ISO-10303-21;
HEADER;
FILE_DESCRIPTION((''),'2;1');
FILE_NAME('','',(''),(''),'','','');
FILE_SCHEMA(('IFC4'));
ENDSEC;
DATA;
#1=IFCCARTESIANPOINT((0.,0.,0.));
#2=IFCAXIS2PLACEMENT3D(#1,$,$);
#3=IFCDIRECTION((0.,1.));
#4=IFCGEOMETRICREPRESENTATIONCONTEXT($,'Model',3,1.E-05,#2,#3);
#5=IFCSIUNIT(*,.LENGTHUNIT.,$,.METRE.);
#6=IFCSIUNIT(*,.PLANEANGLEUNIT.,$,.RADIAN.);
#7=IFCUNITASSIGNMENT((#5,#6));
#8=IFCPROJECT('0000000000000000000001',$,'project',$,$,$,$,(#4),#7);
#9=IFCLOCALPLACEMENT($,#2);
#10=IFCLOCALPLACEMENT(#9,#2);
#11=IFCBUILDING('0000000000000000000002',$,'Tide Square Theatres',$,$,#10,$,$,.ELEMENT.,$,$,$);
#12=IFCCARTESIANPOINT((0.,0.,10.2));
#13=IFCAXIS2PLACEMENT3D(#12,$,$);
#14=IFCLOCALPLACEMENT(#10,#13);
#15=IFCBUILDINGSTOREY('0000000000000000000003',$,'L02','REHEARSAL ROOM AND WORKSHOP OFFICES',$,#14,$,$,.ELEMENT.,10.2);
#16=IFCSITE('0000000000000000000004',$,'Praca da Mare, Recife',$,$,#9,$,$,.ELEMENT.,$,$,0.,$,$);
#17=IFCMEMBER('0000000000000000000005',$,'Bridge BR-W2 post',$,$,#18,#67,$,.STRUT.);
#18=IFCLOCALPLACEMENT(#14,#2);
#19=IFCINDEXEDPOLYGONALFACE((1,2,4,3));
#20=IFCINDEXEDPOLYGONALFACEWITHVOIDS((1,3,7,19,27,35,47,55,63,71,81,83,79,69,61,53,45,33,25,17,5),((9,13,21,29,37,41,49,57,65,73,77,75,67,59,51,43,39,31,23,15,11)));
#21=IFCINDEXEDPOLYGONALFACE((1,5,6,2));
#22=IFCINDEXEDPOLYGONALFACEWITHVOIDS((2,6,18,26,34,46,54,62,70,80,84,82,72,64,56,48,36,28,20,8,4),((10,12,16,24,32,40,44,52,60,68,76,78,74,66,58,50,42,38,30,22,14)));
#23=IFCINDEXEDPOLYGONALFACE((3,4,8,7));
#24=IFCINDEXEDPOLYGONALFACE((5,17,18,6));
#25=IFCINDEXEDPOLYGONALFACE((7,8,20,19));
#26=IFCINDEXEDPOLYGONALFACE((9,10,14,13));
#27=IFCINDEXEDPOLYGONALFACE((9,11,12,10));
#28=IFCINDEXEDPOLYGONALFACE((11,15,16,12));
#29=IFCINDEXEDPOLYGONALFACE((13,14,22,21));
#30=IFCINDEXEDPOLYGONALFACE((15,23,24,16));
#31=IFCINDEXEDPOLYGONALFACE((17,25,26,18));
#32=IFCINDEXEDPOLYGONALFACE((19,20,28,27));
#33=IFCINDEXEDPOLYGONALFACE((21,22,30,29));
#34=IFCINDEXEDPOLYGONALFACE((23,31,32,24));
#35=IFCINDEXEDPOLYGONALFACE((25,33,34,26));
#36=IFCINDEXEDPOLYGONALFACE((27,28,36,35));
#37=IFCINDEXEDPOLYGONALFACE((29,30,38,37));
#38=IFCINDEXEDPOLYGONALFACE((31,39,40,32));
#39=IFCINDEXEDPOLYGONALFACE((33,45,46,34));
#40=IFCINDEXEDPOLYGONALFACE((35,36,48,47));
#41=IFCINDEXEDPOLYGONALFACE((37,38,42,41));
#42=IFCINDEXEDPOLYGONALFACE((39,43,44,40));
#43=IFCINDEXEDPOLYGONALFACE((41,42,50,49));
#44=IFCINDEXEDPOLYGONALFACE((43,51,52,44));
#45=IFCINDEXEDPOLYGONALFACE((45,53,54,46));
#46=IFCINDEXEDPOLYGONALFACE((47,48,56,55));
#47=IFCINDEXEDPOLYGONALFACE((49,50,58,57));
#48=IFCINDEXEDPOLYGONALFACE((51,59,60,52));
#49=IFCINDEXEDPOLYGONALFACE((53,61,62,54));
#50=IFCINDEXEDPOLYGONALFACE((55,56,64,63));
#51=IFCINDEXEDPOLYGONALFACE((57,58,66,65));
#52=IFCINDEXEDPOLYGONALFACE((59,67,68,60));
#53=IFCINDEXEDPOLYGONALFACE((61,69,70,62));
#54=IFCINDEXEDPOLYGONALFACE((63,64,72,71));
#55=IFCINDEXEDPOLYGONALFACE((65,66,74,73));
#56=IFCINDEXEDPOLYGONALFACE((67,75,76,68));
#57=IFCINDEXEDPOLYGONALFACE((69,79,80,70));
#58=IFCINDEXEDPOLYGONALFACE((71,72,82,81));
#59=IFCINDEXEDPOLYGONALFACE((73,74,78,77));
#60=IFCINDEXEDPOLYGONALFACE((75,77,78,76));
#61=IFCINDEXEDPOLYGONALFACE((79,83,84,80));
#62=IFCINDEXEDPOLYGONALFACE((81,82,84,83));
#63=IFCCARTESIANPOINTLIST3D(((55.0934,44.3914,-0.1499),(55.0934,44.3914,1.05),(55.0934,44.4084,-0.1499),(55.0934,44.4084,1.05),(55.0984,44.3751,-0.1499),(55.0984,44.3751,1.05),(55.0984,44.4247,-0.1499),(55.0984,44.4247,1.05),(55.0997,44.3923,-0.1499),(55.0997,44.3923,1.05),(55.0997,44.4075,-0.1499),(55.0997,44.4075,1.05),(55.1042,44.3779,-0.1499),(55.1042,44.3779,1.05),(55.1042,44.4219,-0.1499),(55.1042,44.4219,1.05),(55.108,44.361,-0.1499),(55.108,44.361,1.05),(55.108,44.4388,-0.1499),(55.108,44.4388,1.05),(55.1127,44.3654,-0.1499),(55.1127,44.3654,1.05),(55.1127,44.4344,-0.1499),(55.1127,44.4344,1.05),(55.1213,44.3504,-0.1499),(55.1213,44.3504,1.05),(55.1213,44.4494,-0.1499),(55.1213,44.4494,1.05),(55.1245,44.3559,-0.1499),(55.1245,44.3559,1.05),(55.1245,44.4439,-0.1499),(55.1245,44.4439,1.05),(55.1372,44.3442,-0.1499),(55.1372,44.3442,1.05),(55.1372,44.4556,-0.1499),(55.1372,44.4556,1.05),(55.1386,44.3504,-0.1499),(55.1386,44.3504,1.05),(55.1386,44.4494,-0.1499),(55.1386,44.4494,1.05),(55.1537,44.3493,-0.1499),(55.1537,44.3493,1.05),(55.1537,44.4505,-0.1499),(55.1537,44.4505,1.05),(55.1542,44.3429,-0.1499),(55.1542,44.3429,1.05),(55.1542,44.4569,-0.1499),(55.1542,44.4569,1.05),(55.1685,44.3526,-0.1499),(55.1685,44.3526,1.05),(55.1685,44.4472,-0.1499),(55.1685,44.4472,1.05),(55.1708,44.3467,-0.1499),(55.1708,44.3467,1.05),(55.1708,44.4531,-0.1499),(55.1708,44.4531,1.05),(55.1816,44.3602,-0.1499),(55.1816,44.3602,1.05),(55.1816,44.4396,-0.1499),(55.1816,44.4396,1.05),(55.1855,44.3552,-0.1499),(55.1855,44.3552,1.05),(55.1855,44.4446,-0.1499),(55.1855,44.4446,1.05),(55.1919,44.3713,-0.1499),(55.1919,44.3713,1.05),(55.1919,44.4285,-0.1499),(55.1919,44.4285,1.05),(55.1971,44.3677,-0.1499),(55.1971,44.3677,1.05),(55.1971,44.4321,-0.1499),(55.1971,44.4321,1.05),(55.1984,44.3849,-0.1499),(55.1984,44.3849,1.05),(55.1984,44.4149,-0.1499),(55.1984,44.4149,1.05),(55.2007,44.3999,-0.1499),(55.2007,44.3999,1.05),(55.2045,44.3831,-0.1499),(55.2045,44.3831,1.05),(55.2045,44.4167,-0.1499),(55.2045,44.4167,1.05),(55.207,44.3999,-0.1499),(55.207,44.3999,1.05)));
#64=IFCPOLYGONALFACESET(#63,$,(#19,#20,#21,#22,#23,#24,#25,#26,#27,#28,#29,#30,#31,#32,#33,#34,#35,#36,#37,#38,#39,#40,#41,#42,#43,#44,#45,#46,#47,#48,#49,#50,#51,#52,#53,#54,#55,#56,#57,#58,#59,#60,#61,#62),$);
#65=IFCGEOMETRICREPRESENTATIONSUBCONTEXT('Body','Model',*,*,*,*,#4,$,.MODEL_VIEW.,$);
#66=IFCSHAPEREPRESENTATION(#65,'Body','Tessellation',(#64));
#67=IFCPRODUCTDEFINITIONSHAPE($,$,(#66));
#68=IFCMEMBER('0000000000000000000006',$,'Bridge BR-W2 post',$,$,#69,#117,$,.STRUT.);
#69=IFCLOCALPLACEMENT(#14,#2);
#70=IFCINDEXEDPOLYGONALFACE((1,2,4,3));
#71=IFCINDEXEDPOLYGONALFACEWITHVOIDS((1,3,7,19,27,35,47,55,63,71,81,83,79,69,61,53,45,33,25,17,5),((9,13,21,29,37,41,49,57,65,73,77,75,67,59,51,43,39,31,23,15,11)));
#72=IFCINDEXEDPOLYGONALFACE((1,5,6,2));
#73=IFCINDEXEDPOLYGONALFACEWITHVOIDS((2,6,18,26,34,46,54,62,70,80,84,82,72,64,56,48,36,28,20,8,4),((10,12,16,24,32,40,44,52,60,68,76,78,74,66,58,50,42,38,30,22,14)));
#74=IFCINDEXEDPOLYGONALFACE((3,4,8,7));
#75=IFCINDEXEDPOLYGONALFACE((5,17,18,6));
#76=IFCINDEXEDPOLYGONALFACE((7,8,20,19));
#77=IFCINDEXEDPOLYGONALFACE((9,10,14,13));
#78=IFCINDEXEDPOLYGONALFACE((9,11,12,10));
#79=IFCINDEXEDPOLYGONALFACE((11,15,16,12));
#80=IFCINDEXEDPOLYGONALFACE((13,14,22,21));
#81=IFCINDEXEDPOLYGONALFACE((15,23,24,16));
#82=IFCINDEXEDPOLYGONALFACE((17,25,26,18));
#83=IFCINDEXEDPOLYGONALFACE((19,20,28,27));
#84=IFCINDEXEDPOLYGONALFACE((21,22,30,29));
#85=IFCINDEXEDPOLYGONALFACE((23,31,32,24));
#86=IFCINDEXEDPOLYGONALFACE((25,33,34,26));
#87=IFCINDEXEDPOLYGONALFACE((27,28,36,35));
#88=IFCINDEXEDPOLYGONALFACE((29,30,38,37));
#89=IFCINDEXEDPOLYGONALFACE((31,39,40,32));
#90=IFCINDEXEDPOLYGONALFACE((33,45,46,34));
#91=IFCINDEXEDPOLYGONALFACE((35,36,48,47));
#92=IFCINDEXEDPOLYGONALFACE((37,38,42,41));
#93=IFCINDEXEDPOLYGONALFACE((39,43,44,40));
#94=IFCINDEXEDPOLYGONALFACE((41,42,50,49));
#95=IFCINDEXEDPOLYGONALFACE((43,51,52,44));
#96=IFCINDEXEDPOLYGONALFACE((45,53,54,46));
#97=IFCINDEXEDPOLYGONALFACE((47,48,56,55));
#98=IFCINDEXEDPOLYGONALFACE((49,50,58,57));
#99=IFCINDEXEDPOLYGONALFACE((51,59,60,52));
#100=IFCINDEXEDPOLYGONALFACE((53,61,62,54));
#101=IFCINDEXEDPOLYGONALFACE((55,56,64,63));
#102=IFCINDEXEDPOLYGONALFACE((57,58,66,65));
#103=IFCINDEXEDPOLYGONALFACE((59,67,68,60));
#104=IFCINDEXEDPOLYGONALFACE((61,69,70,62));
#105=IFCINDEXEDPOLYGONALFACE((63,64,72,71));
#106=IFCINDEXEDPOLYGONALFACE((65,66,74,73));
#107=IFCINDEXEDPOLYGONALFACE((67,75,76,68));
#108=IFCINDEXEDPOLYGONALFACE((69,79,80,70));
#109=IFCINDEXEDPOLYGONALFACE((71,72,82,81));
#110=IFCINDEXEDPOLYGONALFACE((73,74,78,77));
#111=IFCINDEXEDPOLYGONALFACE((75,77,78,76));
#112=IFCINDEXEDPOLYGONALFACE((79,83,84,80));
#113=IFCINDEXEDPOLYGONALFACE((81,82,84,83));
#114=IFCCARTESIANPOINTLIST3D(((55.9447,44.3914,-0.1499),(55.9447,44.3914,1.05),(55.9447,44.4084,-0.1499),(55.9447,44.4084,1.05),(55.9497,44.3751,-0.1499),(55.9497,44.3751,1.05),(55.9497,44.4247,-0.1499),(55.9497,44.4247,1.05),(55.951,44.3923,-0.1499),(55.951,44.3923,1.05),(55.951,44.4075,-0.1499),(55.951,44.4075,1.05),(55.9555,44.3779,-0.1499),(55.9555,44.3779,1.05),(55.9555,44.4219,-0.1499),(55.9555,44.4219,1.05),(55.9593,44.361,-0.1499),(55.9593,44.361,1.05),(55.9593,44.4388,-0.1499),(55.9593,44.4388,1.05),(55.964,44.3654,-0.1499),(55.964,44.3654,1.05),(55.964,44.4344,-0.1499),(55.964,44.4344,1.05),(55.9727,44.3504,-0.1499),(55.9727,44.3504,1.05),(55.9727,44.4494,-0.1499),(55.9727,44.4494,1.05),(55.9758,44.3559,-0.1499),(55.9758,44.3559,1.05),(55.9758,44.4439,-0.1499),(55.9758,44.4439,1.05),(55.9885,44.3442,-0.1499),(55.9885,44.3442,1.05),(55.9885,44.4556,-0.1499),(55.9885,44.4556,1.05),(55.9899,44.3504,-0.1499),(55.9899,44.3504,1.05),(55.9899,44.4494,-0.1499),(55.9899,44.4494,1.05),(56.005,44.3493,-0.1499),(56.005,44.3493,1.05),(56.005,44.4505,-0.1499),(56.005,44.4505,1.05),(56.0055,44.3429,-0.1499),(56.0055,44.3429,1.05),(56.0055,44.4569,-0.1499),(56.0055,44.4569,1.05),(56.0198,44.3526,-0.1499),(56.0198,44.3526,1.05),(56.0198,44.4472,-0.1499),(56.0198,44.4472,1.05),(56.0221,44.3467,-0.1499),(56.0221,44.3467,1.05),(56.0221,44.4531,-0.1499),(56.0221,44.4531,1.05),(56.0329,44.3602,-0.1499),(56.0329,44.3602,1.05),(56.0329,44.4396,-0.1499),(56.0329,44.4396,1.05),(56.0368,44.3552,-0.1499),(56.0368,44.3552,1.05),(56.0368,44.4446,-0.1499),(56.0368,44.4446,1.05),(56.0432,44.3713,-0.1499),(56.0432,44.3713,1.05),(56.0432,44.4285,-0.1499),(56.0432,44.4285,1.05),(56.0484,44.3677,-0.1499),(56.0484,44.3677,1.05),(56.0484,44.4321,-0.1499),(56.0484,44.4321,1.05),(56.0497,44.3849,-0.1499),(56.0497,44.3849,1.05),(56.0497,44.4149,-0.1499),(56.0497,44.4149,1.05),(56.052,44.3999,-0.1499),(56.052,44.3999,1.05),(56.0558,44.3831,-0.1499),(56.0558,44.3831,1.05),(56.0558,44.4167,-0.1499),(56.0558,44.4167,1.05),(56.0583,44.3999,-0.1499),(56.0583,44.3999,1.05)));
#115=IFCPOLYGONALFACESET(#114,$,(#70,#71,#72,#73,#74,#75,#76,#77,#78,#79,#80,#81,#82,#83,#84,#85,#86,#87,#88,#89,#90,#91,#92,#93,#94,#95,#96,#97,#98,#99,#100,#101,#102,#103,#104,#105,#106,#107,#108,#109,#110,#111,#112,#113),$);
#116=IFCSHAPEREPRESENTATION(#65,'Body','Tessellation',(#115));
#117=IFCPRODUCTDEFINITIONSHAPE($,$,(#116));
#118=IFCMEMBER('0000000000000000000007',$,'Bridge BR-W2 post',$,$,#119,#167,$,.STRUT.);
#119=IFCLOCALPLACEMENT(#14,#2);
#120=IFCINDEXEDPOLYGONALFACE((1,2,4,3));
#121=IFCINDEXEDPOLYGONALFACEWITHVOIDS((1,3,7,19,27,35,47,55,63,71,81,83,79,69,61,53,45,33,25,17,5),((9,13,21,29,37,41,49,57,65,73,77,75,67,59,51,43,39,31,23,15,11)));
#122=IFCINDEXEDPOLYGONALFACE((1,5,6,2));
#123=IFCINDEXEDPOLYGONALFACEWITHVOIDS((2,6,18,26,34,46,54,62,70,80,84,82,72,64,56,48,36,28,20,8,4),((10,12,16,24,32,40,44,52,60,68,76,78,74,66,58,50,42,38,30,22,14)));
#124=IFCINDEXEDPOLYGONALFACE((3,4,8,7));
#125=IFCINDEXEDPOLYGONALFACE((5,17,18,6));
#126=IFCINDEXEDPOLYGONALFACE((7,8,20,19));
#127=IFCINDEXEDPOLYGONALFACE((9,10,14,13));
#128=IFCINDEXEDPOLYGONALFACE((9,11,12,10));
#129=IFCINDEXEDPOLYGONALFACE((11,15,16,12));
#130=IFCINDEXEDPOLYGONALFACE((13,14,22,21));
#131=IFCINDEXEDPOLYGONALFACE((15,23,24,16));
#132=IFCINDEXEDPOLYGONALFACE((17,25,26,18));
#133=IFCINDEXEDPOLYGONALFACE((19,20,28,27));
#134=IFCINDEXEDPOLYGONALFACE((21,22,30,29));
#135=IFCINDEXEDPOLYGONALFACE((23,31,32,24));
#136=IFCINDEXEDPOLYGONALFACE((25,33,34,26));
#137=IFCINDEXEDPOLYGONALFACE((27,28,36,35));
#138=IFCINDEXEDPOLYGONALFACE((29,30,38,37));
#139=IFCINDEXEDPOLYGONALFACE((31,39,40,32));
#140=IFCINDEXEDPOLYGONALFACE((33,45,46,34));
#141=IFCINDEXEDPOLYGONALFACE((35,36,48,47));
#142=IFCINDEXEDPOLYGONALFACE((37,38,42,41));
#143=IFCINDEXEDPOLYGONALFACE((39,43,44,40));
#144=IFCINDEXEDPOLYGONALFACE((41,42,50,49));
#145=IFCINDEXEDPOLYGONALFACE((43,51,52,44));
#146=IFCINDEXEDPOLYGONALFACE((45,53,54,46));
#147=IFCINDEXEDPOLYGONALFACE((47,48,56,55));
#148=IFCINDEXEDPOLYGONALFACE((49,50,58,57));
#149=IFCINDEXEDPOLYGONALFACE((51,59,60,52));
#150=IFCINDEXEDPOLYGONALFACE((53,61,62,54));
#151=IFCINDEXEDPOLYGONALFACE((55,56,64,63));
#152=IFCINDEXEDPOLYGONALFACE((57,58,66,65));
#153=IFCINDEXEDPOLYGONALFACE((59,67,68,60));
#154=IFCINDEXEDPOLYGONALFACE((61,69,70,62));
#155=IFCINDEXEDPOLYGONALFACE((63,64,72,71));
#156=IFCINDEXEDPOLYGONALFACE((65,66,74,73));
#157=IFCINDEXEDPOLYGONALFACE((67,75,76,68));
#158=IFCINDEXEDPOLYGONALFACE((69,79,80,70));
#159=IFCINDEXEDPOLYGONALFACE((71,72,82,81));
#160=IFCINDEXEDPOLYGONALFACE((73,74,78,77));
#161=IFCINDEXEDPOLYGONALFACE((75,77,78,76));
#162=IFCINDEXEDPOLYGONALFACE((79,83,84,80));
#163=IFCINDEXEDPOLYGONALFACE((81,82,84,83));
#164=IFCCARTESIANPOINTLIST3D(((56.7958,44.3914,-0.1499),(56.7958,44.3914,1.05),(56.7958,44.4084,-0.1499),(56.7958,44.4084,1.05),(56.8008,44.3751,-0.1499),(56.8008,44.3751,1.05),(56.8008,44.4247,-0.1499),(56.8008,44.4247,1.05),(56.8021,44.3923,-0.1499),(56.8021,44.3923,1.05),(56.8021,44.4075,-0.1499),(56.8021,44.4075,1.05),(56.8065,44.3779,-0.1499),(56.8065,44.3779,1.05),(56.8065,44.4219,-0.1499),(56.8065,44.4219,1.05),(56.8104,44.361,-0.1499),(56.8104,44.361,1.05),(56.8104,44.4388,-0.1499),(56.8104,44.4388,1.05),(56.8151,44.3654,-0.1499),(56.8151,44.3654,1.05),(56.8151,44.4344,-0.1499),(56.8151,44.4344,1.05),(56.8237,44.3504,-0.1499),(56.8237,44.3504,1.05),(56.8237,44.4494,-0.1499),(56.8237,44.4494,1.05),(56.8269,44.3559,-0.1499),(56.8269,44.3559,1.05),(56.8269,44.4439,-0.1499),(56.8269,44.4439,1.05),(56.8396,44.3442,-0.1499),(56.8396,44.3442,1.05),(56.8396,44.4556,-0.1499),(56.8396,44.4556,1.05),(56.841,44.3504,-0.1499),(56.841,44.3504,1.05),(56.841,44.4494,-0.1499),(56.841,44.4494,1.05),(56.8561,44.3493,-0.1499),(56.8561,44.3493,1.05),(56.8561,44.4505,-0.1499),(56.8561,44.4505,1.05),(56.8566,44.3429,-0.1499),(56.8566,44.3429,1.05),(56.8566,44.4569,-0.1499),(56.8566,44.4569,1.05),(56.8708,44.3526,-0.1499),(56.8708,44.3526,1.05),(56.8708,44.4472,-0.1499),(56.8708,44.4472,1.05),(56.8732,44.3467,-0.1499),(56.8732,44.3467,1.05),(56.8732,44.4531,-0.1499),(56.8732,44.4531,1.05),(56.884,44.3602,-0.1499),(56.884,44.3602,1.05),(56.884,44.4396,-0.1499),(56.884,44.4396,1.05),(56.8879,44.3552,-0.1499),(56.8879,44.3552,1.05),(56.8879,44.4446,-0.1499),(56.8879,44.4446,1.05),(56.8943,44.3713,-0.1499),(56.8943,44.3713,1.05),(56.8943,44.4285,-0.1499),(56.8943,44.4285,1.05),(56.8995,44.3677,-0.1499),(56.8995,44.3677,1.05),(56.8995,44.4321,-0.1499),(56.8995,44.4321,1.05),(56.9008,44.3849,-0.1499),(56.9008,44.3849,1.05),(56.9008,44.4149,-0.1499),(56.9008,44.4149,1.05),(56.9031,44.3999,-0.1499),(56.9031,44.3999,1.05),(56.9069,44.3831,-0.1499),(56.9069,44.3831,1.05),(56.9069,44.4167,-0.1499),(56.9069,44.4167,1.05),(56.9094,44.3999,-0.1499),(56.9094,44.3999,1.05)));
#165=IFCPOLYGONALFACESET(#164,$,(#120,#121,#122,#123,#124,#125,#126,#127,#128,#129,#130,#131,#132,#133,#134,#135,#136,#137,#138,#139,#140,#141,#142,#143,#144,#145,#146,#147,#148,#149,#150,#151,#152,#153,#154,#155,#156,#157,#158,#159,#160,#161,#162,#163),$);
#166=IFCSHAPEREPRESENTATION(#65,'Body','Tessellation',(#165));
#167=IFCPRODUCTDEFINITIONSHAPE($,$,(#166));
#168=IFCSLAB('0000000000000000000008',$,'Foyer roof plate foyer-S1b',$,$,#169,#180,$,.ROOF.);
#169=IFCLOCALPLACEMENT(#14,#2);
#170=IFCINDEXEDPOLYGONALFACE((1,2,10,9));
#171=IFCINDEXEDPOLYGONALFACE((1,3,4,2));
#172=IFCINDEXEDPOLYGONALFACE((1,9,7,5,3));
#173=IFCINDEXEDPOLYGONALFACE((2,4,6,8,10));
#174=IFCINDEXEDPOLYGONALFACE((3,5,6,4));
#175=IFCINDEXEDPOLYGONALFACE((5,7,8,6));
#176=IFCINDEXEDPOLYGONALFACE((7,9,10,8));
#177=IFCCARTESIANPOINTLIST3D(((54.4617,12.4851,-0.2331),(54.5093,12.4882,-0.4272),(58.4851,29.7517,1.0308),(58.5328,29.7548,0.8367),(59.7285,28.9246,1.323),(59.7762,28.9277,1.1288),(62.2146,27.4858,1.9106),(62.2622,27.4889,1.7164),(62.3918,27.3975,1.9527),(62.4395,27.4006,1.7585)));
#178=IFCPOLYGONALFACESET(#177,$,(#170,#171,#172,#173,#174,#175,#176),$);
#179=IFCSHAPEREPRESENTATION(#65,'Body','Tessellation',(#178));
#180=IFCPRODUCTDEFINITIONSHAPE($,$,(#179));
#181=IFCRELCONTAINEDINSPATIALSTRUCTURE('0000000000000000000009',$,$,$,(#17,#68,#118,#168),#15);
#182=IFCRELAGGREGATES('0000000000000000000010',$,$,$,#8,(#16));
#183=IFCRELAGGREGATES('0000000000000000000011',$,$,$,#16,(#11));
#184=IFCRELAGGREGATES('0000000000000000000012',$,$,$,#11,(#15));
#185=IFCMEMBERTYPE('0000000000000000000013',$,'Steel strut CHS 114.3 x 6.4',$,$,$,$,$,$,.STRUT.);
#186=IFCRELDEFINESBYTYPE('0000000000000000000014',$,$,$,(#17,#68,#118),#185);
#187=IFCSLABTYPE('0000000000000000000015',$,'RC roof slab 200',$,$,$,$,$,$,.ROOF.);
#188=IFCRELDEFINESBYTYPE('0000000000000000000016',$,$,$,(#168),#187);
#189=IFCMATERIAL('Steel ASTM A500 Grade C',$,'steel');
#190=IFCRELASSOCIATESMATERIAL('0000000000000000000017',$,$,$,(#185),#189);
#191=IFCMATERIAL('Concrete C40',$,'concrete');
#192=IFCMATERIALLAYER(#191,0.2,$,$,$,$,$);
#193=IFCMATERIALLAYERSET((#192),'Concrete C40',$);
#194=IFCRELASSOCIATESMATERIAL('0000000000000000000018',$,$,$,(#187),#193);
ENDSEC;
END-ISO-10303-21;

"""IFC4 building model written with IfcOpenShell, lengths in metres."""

from ifc_helpers import new_model, si_unit, direction, frame, origin, origin_2d, place, context, subcontext, project, spatial, polyline, hollow_circle, outline, extrude, material, layer, layer_set, material_profile, profile_set, type_object, element, save


model = new_model("IFC4")

# Units and contexts
model_context = context("Model", 3, precision=1e-05, world=origin(), true_north=direction((0.0, 1.0)))
body_context = subcontext(model_context, "Body", "Model", "MODEL_VIEW")
ifc_project = project(units=[si_unit("LENGTHUNIT", "METRE"), si_unit("PLANEANGLEUNIT", "RADIAN")], contexts=[model_context])

# Site, building, storey
site_placement = place(None, origin())
site = spatial("IfcSite", under=ifc_project, at=site_placement, Name="Praca da Mare, Recife", CompositionType="ELEMENT", RefElevation=0.0)
building_placement = place(site_placement, origin())
building = spatial("IfcBuilding", under=site, at=building_placement, Name="Tide Square Theatres", CompositionType="ELEMENT")
storey_placement = place(building_placement, frame((0.0, 0.0, 10.2)))
storey = spatial("IfcBuildingStorey", under=building, at=storey_placement, Name="L02", Description="REHEARSAL ROOM AND WORKSHOP OFFICES", CompositionType="ELEMENT", Elevation=10.2)

# Members
ifc_material_1 = material(Name="Steel ASTM A500 Grade C", Category="steel")
ifc_material_profile_1 = material_profile(ifc_material_1, hollow_circle(Radius=0.0571, WallThickness=0.0063, at=origin_2d()))
ifc_profile_set_1 = profile_set([ifc_material_profile_1], Name="Steel ASTM A500 Grade C")
member_type_1 = type_object("IfcMemberType", Name="Steel strut CHS 114.3 x 6.4", PredefinedType="STRUT", material=ifc_profile_set_1)
for number, where, z_axis, x_axis, name in (
    (1, (55.1499, 44.3999, -0.1499), (0.0, 0.0, 1.0), (1.0, 0.0, 0.0), "Bridge BR-W2 post"),
    (2, (56.0012, 44.3999, -0.1499), (0.0, 0.0, 1.0), (1.0, 0.0, 0.0), "Bridge BR-W2 post"),
    (3, (56.8523, 44.3999, -0.1499), (0.0, 0.0, 1.0), (1.0, 0.0, 0.0), "Bridge BR-W2 post"),
):
    element("IfcMember", number, at=place(storey_placement, frame(where, z_axis=z_axis, x_axis=x_axis)), inside=storey, type_object=member_type_1, Name=name, PredefinedType="STRUT", context=body_context, shape_type="SweptSolid", body=[
        extrude(hollow_circle(Radius=0.0571, WallThickness=0.0063, at=origin_2d()), origin(), (0.0, 0.0, 1.0), 1.2),
    ])

# Slab
ifc_material_2 = material(Name="Concrete C40", Category="concrete")
ifc_layer_1 = layer(ifc_material_2, 0.2)
ifc_layer_set_1 = layer_set([ifc_layer_1], Name="Concrete C40")
slab_type = type_object("IfcSlabType", Name="RC roof slab 200", PredefinedType="ROOF", material=ifc_layer_set_1)
slab_1_placement = place(storey_placement, frame((59.7285, 28.9246, 1.323), z_axis=(-0.238479, -0.015508, 0.971024), x_axis=(-0.817116, 0.54356, -0.191998)))
element("IfcSlab", 4, at=slab_1_placement, inside=storey, type_object=slab_type, Name="Foyer roof plate foyer-S1b", PredefinedType="ROOF", context=body_context, shape_type="SweptSolid", body=[
    extrude(outline(polyline([(0.0, 0.0), (1.5217, 0.0), (-4.3334, 16.7821), (-3.1272, -0.2058), (-2.9262, -0.1809), (0.0, 0.0)])), origin(), (0.0, 0.0, -1.0), 0.2),
])

save(model, "model.ifc")
